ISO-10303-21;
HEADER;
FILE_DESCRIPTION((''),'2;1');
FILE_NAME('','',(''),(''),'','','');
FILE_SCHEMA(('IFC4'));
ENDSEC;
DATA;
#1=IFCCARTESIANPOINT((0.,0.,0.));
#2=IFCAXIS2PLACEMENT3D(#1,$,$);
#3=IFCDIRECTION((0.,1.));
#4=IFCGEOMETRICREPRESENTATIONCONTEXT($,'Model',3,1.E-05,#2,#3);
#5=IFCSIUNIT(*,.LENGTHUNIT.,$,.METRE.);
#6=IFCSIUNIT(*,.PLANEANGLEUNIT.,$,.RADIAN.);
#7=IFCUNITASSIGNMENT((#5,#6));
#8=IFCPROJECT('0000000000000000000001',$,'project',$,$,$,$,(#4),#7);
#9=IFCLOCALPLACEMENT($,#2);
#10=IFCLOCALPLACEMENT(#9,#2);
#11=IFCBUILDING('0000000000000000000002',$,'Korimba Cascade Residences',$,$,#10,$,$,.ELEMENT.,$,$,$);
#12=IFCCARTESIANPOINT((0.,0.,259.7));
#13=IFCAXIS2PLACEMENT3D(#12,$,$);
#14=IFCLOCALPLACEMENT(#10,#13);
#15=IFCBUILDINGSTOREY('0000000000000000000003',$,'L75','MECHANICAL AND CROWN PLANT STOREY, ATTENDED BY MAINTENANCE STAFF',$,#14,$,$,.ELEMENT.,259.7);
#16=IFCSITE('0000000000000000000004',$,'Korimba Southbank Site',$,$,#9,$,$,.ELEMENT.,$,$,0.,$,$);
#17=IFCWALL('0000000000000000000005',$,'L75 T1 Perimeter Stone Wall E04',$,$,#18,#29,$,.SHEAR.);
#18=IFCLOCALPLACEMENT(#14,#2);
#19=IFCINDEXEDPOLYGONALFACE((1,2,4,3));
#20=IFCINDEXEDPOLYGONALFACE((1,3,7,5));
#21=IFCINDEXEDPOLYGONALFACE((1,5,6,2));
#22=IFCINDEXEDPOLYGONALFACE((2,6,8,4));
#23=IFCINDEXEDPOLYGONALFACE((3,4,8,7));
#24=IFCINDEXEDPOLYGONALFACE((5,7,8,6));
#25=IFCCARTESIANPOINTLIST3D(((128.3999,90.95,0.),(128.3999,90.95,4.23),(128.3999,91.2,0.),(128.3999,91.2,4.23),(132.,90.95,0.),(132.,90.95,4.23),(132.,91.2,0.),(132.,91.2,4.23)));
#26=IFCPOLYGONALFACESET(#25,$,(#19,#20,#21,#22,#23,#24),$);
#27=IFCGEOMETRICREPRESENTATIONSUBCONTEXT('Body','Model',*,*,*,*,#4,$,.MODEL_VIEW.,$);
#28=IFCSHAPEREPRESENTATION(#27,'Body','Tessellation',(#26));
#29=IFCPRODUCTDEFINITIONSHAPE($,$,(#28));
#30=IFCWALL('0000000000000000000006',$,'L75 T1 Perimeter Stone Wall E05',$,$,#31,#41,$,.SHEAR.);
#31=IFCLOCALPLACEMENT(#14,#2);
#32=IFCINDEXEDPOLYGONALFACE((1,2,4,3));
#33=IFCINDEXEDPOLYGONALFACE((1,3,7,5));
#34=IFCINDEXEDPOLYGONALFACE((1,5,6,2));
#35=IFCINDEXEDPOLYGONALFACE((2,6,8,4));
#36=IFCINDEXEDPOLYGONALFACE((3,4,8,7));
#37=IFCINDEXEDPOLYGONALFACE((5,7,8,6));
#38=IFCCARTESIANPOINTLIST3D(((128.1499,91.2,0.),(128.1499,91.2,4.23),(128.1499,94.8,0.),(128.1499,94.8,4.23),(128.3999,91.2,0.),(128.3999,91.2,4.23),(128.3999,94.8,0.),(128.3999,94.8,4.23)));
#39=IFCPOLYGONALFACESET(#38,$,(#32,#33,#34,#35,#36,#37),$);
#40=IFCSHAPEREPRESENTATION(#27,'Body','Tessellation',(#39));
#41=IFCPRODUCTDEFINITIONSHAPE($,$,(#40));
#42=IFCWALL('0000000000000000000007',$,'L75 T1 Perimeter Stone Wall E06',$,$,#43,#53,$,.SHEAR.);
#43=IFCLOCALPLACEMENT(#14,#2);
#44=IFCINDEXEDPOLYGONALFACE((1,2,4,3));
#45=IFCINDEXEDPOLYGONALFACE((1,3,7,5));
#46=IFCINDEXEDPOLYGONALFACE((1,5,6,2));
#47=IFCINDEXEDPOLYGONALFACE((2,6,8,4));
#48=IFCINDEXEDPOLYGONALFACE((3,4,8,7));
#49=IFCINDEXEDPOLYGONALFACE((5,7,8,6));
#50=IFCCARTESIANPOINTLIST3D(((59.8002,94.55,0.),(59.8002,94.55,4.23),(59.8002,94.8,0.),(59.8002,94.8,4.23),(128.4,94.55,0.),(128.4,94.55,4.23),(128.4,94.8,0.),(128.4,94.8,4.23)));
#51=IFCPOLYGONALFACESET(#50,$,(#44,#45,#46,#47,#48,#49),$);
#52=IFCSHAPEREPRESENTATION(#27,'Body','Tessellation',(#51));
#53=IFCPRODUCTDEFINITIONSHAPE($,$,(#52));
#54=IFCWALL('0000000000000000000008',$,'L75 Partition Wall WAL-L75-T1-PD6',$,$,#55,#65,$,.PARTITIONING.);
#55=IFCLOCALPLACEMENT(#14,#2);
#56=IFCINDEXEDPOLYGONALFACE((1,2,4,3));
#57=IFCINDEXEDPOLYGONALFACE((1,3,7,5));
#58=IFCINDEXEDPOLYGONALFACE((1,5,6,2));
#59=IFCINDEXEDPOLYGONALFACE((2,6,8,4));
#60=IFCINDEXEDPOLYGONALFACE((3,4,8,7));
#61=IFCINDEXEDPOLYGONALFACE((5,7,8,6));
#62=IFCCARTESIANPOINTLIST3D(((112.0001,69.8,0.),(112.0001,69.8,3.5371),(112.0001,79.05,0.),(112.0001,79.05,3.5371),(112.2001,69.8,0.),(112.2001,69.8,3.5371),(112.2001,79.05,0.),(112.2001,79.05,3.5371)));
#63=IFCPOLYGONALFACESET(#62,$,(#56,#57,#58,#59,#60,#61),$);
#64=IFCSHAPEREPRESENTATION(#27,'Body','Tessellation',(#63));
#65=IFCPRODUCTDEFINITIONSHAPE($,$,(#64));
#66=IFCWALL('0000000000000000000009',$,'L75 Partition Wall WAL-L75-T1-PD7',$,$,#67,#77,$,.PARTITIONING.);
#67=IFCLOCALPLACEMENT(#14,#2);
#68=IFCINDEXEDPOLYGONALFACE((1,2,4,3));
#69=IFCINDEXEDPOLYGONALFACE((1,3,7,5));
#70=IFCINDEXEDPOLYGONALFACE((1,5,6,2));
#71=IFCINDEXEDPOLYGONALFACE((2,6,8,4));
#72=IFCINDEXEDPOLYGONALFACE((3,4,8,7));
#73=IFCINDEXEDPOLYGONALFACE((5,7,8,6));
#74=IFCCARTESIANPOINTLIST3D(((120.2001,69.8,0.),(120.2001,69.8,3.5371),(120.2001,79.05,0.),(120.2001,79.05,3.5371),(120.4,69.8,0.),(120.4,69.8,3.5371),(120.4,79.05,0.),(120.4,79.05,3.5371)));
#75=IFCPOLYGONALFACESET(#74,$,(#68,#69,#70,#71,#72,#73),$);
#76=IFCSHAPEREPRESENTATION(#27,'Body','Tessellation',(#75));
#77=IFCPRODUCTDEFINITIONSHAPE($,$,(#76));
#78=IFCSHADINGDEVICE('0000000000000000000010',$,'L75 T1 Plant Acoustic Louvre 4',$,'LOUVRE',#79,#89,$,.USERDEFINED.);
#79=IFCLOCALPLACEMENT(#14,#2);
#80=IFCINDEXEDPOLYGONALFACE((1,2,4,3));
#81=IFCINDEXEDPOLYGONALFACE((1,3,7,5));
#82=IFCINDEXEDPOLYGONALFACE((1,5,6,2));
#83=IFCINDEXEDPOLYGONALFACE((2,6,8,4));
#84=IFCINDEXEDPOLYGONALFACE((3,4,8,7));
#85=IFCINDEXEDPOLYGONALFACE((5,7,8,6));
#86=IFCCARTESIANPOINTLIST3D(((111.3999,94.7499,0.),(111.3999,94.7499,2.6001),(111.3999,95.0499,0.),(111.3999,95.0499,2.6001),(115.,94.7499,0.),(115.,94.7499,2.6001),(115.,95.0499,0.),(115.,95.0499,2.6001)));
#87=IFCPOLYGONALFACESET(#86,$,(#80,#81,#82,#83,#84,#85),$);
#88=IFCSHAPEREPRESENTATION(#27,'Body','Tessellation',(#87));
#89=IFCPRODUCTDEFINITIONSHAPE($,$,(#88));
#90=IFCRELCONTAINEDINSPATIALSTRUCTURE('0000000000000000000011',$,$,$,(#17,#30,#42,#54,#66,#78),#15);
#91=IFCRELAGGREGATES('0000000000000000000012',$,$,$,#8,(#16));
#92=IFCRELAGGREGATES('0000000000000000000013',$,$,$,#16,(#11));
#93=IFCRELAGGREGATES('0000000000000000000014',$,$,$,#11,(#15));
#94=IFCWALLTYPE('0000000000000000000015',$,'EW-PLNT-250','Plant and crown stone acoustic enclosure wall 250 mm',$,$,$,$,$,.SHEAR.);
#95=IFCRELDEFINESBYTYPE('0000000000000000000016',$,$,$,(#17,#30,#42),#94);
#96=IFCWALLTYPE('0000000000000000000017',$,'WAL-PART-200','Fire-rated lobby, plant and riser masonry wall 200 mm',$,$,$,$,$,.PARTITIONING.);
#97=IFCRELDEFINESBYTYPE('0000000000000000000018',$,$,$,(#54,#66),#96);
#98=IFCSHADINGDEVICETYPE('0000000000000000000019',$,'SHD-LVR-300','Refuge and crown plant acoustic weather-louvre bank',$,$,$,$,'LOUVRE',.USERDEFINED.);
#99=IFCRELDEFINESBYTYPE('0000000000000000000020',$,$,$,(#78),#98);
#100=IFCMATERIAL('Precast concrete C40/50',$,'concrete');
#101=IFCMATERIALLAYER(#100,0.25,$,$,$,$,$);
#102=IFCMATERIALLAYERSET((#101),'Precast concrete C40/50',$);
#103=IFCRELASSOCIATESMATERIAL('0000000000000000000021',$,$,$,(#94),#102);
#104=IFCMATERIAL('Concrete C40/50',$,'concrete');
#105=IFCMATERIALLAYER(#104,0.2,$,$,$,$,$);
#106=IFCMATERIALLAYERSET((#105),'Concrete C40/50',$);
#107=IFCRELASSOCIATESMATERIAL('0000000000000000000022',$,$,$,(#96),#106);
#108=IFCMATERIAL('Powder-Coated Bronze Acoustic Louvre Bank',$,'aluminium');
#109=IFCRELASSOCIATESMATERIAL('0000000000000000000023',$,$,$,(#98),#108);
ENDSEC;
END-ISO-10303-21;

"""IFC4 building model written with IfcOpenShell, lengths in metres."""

from ifc_helpers import new_model, si_unit, direction, frame, frame_2d, origin, origin_2d, place, context, subcontext, project, spatial, rectangle, extrude, material, layer, layer_set, type_object, element, save


model = new_model("IFC4")

# Units and contexts
model_context = context("Model", 3, precision=1e-05, world=origin(), true_north=direction((0.0, 1.0)))
body_context = subcontext(model_context, "Body", "Model", "MODEL_VIEW")
ifc_project = project(units=[si_unit("LENGTHUNIT", "METRE"), si_unit("PLANEANGLEUNIT", "RADIAN")], contexts=[model_context])

# Site, building, storey
site_placement = place(None, origin())
site = spatial("IfcSite", under=ifc_project, at=site_placement, Name="Korimba Southbank Site", CompositionType="ELEMENT", RefElevation=0.0)
building_placement = place(site_placement, origin())
building = spatial("IfcBuilding", under=site, at=building_placement, Name="Korimba Cascade Residences", CompositionType="ELEMENT")
storey_placement = place(building_placement, frame((0.0, 0.0, 259.7)))
storey = spatial("IfcBuildingStorey", under=building, at=storey_placement, Name="L75", Description="MECHANICAL AND CROWN PLANT STOREY, ATTENDED BY MAINTENANCE STAFF", CompositionType="ELEMENT", Elevation=259.7)

# Walls
ifc_material_1 = material(Name="Precast concrete C40/50", Category="concrete")
ifc_layer_1 = layer(ifc_material_1, 0.25)
ifc_layer_set_1 = layer_set([ifc_layer_1], Name="Precast concrete C40/50")
wall_type_1 = type_object("IfcWallType", Name="EW-PLNT-250", Description="Plant and crown stone acoustic enclosure wall 250 mm", PredefinedType="SHEAR", material=ifc_layer_set_1)
for number, where, z_axis, x_axis, name in (
    (1, (132.0, 91.075, 0.0), (0.0, 0.0, 1.0), (-1.0, 0.0, 0.0), "L75 T1 Perimeter Stone Wall E04"),
    (2, (128.2749, 91.2, 0.0), (0.0, 0.0, 1.0), (0.0, 1.0, 0.0), "L75 T1 Perimeter Stone Wall E05"),
):
    element("IfcWall", number, at=place(storey_placement, frame(where, z_axis=z_axis, x_axis=x_axis)), inside=storey, type_object=wall_type_1, Name=name, PredefinedType="SHEAR", context=body_context, shape_type="SweptSolid", body=[
        extrude(rectangle(XDim=3.6001, YDim=0.25, at=frame_2d((1.8, 0.0))), origin(), (0.0, 0.0, 1.0), 4.23),
    ])
wall_placement = place(storey_placement, frame((128.3999, 94.675, 0.0), z_axis=(0.0, 0.0, 1.0), x_axis=(-1.0, 0.0, 0.0)))
element("IfcWall", 3, at=wall_placement, inside=storey, type_object=wall_type_1, Name="L75 T1 Perimeter Stone Wall E06", PredefinedType="SHEAR", context=body_context, shape_type="SweptSolid", body=[
    extrude(rectangle(XDim=68.5999, YDim=0.25, at=frame_2d((34.2998, 0.0))), origin(), (0.0, 0.0, 1.0), 4.23),
])
ifc_material_2 = material(Name="Concrete C40/50", Category="concrete")
ifc_layer_2 = layer(ifc_material_2, 0.2)
ifc_layer_set_2 = layer_set([ifc_layer_2], Name="Concrete C40/50")
wall_type_2 = type_object("IfcWallType", Name="WAL-PART-200", Description="Fire-rated lobby, plant and riser masonry wall 200 mm", PredefinedType="PARTITIONING", material=ifc_layer_set_2)
for number, where, z_axis, x_axis, name in (
    (4, (112.1001, 69.8, 0.0), (0.0, 0.0, 1.0), (0.0, 1.0, 0.0), "L75 Partition Wall WAL-L75-T1-PD6"),
    (5, (120.3, 69.8, 0.0), (0.0, 0.0, 1.0), (0.0, 1.0, 0.0), "L75 Partition Wall WAL-L75-T1-PD7"),
):
    element("IfcWall", number, at=place(storey_placement, frame(where, z_axis=z_axis, x_axis=x_axis)), inside=storey, type_object=wall_type_2, Name=name, PredefinedType="PARTITIONING", context=body_context, shape_type="SweptSolid", body=[
        extrude(rectangle(XDim=9.25, YDim=0.2, at=frame_2d((4.625, 0.0))), origin(), (0.0, 0.0, 1.0), 3.5371),
    ])

# Shading device
ifc_material_3 = material(Name="Powder-Coated Bronze Acoustic Louvre Bank", Category="aluminium")
shading_device_type = type_object("IfcShadingDeviceType", Name="SHD-LVR-300", Description="Refuge and crown plant acoustic weather-louvre bank", ElementType="LOUVRE", PredefinedType="USERDEFINED", material=ifc_material_3)
shading_device_placement = place(storey_placement, frame((113.2, 94.8999, 0.0), z_axis=(0.0, 0.0, 1.0), x_axis=(1.0, 0.0, 0.0)))
element("IfcShadingDevice", 6, at=shading_device_placement, inside=storey, type_object=shading_device_type, Name="L75 T1 Plant Acoustic Louvre 4", ObjectType="LOUVRE", PredefinedType="USERDEFINED", context=body_context, shape_type="SweptSolid", body=[
    extrude(rectangle(XDim=3.6001, YDim=0.3, at=origin_2d()), origin(), (0.0, 0.0, 1.0), 2.6001),
])

save(model, "model.ifc")
